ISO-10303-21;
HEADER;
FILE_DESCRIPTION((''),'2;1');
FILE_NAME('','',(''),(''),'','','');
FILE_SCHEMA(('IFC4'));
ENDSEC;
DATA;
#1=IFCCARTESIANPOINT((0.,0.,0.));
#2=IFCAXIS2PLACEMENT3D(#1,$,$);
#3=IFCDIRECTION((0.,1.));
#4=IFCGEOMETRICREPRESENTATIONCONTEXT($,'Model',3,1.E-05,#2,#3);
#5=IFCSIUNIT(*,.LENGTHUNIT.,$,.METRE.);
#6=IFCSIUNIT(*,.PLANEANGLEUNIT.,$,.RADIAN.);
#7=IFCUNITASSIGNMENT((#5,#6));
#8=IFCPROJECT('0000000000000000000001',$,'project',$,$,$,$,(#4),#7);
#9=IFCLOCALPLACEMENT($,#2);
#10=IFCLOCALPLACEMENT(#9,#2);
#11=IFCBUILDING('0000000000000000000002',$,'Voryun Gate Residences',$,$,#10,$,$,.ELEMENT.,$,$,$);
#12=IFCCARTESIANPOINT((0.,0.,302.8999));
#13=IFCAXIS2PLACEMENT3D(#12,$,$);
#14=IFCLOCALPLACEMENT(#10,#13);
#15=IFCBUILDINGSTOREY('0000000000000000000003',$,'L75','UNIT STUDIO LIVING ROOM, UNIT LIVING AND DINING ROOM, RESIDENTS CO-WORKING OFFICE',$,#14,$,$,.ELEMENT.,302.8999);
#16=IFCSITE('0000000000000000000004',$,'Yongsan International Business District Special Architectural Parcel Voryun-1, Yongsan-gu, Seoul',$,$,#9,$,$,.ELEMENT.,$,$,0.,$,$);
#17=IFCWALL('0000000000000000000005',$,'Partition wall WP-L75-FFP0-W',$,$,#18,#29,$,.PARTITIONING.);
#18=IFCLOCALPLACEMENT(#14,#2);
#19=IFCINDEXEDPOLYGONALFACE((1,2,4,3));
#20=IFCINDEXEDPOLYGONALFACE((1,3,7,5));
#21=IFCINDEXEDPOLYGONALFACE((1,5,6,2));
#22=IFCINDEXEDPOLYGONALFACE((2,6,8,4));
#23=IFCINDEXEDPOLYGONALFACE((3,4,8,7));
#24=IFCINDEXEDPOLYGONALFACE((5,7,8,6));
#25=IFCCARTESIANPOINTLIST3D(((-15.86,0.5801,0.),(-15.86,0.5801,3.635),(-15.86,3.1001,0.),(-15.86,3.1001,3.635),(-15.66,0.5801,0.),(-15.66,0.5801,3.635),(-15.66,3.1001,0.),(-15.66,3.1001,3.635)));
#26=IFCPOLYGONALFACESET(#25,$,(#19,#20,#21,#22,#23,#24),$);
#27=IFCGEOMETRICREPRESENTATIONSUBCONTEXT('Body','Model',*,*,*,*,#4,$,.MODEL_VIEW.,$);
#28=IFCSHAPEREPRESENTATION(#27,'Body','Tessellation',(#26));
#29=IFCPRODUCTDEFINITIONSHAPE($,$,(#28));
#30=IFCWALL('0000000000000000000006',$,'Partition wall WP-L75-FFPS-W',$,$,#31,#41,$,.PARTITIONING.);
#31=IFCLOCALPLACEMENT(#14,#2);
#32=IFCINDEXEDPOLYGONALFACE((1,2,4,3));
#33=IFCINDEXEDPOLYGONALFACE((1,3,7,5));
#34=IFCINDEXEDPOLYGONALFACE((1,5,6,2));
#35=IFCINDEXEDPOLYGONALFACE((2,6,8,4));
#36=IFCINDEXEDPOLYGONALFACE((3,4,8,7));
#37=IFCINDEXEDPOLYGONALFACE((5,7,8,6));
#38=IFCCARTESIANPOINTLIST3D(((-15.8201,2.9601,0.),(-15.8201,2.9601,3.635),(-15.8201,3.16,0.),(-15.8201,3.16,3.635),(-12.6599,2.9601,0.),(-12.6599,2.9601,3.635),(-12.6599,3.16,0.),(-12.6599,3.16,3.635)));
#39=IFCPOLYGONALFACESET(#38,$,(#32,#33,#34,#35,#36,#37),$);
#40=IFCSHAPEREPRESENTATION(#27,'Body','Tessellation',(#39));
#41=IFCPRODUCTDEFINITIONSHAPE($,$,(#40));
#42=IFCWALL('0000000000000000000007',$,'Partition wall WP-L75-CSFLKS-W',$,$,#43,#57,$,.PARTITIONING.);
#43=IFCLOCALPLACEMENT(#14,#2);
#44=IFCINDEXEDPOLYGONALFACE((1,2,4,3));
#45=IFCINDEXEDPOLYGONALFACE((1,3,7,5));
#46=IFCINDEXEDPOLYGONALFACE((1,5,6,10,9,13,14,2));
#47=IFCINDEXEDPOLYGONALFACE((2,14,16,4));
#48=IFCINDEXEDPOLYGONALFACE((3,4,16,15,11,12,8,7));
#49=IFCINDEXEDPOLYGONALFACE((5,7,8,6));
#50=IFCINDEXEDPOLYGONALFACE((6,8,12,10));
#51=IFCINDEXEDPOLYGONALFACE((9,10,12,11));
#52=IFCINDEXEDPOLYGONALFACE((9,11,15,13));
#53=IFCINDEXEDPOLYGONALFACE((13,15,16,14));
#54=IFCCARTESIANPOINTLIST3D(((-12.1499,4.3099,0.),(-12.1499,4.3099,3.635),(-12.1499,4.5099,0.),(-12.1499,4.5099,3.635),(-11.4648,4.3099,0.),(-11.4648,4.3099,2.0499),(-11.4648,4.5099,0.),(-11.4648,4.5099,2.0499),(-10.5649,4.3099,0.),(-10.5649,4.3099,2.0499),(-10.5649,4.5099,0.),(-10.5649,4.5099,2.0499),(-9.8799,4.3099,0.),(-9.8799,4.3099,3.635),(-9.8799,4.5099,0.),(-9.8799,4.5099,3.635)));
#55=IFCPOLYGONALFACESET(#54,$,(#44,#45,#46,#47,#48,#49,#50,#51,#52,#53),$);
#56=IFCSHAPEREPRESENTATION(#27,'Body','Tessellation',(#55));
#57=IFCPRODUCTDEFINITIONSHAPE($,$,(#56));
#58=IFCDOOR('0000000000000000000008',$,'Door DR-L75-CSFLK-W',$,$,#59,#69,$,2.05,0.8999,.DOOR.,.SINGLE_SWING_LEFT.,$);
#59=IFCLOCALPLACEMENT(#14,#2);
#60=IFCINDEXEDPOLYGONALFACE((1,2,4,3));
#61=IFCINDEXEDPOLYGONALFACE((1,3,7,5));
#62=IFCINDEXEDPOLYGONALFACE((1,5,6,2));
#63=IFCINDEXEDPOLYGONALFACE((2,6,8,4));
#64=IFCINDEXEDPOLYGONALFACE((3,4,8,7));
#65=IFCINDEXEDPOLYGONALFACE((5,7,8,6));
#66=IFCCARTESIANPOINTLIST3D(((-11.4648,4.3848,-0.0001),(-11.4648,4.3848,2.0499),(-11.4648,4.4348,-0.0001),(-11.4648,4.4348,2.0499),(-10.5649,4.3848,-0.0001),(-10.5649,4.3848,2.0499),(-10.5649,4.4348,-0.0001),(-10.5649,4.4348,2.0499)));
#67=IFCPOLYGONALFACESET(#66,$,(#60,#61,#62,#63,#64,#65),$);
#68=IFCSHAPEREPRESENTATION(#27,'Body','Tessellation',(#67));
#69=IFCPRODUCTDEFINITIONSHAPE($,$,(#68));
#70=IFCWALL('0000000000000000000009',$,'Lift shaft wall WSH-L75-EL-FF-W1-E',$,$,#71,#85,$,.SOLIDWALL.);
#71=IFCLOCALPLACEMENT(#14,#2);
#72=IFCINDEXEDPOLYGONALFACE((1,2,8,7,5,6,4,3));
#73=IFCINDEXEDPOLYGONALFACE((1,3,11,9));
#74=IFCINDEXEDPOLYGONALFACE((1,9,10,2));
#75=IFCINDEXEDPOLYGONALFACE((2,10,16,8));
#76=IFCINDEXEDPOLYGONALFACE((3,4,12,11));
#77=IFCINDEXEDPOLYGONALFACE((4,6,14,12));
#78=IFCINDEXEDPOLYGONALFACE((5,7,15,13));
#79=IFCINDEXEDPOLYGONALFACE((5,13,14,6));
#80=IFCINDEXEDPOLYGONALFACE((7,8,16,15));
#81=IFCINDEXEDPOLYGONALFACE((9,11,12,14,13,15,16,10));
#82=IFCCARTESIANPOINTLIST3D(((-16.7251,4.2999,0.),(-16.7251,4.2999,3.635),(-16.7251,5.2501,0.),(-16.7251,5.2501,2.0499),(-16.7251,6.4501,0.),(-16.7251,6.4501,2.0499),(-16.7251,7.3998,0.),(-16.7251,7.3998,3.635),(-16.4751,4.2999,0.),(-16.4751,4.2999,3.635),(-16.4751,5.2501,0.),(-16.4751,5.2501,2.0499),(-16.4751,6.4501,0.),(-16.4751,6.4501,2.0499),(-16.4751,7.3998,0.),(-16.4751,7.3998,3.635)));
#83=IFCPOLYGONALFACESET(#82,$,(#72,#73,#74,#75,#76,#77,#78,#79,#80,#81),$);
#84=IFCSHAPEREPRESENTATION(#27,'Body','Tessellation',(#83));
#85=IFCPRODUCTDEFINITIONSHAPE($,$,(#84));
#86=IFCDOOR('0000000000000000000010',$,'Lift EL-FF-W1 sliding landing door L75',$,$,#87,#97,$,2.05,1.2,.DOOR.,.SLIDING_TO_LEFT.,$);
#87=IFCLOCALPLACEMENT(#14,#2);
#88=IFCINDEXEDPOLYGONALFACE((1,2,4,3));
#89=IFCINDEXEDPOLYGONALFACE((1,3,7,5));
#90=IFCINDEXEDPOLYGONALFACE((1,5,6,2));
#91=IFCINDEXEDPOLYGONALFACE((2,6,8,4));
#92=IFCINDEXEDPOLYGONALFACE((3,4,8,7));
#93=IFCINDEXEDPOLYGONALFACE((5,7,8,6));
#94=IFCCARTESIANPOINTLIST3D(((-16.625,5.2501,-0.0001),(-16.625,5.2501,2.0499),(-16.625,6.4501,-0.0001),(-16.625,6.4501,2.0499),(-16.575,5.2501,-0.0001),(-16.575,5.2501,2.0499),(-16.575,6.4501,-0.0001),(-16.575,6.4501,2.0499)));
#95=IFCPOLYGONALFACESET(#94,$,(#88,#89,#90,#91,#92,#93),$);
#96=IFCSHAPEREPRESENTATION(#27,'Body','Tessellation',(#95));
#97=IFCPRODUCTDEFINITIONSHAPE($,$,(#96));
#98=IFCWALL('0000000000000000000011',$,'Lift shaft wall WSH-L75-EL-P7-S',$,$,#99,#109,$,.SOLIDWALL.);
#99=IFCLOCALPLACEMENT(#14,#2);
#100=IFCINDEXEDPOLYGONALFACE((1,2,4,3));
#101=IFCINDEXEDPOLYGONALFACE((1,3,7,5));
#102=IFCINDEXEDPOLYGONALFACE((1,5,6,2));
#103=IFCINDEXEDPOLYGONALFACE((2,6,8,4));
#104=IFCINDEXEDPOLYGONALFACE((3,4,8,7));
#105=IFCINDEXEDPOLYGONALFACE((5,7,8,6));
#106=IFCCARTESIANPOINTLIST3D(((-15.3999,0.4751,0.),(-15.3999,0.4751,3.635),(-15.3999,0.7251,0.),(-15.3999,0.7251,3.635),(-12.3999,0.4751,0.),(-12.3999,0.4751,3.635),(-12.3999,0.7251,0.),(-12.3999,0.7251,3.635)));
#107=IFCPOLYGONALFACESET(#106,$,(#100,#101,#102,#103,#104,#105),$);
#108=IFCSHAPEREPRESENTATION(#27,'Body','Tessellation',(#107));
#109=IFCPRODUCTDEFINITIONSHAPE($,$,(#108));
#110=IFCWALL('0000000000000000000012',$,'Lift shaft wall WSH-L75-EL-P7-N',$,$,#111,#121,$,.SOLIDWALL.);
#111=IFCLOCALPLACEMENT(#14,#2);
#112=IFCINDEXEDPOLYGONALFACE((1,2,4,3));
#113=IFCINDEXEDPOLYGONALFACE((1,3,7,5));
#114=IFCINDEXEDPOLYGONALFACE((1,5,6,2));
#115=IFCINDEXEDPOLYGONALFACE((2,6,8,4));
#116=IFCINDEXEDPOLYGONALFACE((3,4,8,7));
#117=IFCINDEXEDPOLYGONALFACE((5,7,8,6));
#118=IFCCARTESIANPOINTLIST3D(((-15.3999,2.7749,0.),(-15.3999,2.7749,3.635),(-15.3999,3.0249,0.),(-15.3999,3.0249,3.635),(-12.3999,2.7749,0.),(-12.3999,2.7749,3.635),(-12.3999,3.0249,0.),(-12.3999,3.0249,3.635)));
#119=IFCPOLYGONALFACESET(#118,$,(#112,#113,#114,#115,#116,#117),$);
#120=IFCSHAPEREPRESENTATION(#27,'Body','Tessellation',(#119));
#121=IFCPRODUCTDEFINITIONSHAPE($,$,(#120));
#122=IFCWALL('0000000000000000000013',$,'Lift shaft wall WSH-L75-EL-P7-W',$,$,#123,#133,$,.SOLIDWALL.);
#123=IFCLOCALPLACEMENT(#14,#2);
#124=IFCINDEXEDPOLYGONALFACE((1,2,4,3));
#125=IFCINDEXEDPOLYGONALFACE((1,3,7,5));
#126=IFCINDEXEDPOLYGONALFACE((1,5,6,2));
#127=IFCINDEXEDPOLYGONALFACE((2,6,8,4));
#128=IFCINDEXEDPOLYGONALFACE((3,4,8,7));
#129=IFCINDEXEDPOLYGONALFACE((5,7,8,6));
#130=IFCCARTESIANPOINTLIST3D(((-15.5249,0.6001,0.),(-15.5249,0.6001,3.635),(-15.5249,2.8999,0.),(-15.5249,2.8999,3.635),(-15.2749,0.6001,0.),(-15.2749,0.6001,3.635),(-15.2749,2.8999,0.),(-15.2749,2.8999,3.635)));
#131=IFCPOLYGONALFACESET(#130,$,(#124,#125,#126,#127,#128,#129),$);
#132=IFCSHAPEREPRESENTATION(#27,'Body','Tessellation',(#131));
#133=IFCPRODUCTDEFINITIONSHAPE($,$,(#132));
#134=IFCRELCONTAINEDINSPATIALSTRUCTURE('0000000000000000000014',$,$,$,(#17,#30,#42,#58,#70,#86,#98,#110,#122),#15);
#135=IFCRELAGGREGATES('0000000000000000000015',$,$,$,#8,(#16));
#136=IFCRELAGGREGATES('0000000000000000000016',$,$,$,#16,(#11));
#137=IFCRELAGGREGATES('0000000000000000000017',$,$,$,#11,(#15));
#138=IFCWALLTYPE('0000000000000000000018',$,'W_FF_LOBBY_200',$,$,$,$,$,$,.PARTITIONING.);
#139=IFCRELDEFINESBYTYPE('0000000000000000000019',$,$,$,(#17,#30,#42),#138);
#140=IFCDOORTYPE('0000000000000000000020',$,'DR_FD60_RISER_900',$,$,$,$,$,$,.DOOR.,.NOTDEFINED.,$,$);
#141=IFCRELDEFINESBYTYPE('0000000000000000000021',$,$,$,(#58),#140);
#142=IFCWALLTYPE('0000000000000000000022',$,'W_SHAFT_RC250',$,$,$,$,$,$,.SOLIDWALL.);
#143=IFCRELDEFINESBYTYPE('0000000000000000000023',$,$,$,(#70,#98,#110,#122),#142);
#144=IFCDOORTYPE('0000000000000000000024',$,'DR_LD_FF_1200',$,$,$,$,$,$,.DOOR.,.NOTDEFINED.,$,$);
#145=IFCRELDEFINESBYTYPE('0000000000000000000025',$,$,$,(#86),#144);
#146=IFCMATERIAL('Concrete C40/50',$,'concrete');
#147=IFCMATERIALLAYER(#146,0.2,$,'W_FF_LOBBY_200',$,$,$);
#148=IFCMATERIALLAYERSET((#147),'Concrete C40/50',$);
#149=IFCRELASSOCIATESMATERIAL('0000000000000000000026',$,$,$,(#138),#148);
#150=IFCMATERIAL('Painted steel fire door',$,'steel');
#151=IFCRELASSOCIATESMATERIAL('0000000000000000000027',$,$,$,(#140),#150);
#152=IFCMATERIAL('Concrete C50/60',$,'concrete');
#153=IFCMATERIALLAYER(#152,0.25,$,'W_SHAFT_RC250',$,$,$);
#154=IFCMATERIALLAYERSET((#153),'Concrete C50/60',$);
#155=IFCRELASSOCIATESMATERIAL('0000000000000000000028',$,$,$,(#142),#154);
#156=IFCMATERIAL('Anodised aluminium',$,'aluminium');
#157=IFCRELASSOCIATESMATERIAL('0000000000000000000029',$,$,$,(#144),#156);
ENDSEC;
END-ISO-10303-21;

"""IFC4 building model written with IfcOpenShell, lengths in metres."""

from ifc_helpers import new_model, si_unit, direction, frame, frame_2d, origin, place, context, subcontext, project, spatial, rectangle, extrude, material, layer, layer_set, type_object, element, fill, save


model = new_model("IFC4")

# Units and contexts
model_context = context("Model", 3, precision=1e-05, world=origin(), true_north=direction((0.0, 1.0)))
body_context = subcontext(model_context, "Body", "Model", "MODEL_VIEW")
ifc_project = project(units=[si_unit("LENGTHUNIT", "METRE"), si_unit("PLANEANGLEUNIT", "RADIAN")], contexts=[model_context])

# Site, building, storey
site_placement = place(None, origin())
site = spatial("IfcSite", under=ifc_project, at=site_placement, Name="Yongsan International Business District Special Architectural Parcel Voryun-1, Yongsan-gu, Seoul", CompositionType="ELEMENT", RefElevation=0.0)
building_placement = place(site_placement, origin())
building = spatial("IfcBuilding", under=site, at=building_placement, Name="Voryun Gate Residences", CompositionType="ELEMENT")
storey_placement = place(building_placement, frame((0.0, 0.0, 302.8999)))
storey = spatial("IfcBuildingStorey", under=building, at=storey_placement, Name="L75", Description="UNIT STUDIO LIVING ROOM, UNIT LIVING AND DINING ROOM, RESIDENTS CO-WORKING OFFICE", CompositionType="ELEMENT", Elevation=302.8999)

# Walls
ifc_material_1 = material(Name="Concrete C40/50", Category="concrete")
ifc_layer_1 = layer(ifc_material_1, 0.2, Name="W_FF_LOBBY_200")
ifc_layer_set_1 = layer_set([ifc_layer_1], Name="Concrete C40/50")
wall_type_1 = type_object("IfcWallType", Name="W_FF_LOBBY_200", PredefinedType="PARTITIONING", material=ifc_layer_set_1)
wall_1_placement = place(storey_placement, frame((-15.76, 0.5801, 0.0), z_axis=(0.0, 0.0, 1.0), x_axis=(0.0, 1.0, 0.0)))
element("IfcWall", 1, at=wall_1_placement, inside=storey, type_object=wall_type_1, Name="Partition wall WP-L75-FFP0-W", PredefinedType="PARTITIONING", context=body_context, shape_type="SweptSolid", body=[
    extrude(rectangle(XDim=2.52, YDim=0.2, at=frame_2d((1.26, 0.0))), origin(), (0.0, 0.0, 1.0), 3.635),
])
wall_2_placement = place(storey_placement, frame((-15.8201, 3.0601, 0.0), z_axis=(0.0, 0.0, 1.0), x_axis=(1.0, 0.0, 0.0)))
element("IfcWall", 2, at=wall_2_placement, inside=storey, type_object=wall_type_1, Name="Partition wall WP-L75-FFPS-W", PredefinedType="PARTITIONING", context=body_context, shape_type="SweptSolid", body=[
    extrude(rectangle(XDim=3.1602, YDim=0.2, at=frame_2d((1.5801, 0.0))), origin(), (0.0, 0.0, 1.0), 3.635),
])

# Walls, openings, doors
wall_3_placement = place(storey_placement, frame((-12.1499, 4.4099, 0.0), z_axis=(0.0, 0.0, 1.0), x_axis=(1.0, 0.0, 0.0)))
wall_3 = element("IfcWall", 3, at=wall_3_placement, inside=storey, type_object=wall_type_1, Name="Partition wall WP-L75-CSFLKS-W", PredefinedType="PARTITIONING", context=body_context, shape_type="SweptSolid", body=[
    extrude(rectangle(XDim=2.27, YDim=0.2, at=frame_2d((1.135, 0.0))), origin(), (0.0, 0.0, 1.0), 3.635),
])
opening_1_placement = place(wall_3_placement, frame((0.6851, 0.0, 0.0)))
opening_1 = element("IfcOpeningElement", 4, at=opening_1_placement, cuts=wall_3, PredefinedType="OPENING", context=body_context, shape_type="SweptSolid", body=[
    extrude(rectangle(XDim=0.8999, YDim=2.05, at=frame_2d((0.45, 1.0249))), frame((0.0, 0.1101, 0.0), z_axis=(0.0, -1.0, 0.0), x_axis=(1.0, 0.0, 0.0)), (0.0, 0.0, 1.0), 0.22),
])
ifc_material_2 = material(Name="Painted steel fire door", Category="steel")
door_type_1 = type_object("IfcDoorType", Name="DR_FD60_RISER_900", OperationType="NOTDEFINED", PredefinedType="DOOR", material=ifc_material_2)
door_1_placement = place(opening_1_placement, origin())
door_1 = element("IfcDoor", 5, at=door_1_placement, inside=storey, type_object=door_type_1, Name="Door DR-L75-CSFLK-W", OperationType="SINGLE_SWING_LEFT", OverallHeight=2.05, OverallWidth=0.8999, PredefinedType="DOOR", context=body_context, shape_type="SweptSolid", body=[
    extrude(rectangle(XDim=0.8999, YDim=2.05, at=frame_2d((0.45, 1.0249))), frame((0.0, 0.0249, 0.0), z_axis=(0.0, -1.0, 0.0), x_axis=(1.0, 0.0, 0.0)), (0.0, 0.0, 1.0), 0.05),
])
fill(opening_1, door_1)
ifc_material_3 = material(Name="Concrete C50/60", Category="concrete")
ifc_layer_2 = layer(ifc_material_3, 0.25, Name="W_SHAFT_RC250")
ifc_layer_set_2 = layer_set([ifc_layer_2], Name="Concrete C50/60")
wall_type_2 = type_object("IfcWallType", Name="W_SHAFT_RC250", PredefinedType="SOLIDWALL", material=ifc_layer_set_2)
wall_4_placement = place(storey_placement, frame((-16.6001, 4.3, 0.0), z_axis=(0.0, 0.0, 1.0), x_axis=(0.0, 1.0, 0.0)))
wall_4 = element("IfcWall", 6, at=wall_4_placement, inside=storey, type_object=wall_type_2, Name="Lift shaft wall WSH-L75-EL-FF-W1-E", PredefinedType="SOLIDWALL", context=body_context, shape_type="SweptSolid", body=[
    extrude(rectangle(XDim=3.0999, YDim=0.25, at=frame_2d((1.5498, 0.0))), origin(), (0.0, 0.0, 1.0), 3.635),
])
opening_2_placement = place(wall_4_placement, frame((0.95, 0.0, 0.0)))
opening_2 = element("IfcOpeningElement", 7, at=opening_2_placement, cuts=wall_4, PredefinedType="OPENING", context=body_context, shape_type="SweptSolid", body=[
    extrude(rectangle(XDim=1.2, YDim=2.05, at=frame_2d((0.6001, 1.0249))), frame((0.0, 0.135, 0.0), z_axis=(0.0, -1.0, 0.0), x_axis=(1.0, 0.0, 0.0)), (0.0, 0.0, 1.0), 0.27),
])
ifc_material_4 = material(Name="Anodised aluminium", Category="aluminium")
door_type_2 = type_object("IfcDoorType", Name="DR_LD_FF_1200", OperationType="NOTDEFINED", PredefinedType="DOOR", material=ifc_material_4)
door_2_placement = place(opening_2_placement, origin())
door_2 = element("IfcDoor", 8, at=door_2_placement, inside=storey, type_object=door_type_2, Name="Lift EL-FF-W1 sliding landing door L75", OperationType="SLIDING_TO_LEFT", OverallHeight=2.05, OverallWidth=1.2, PredefinedType="DOOR", context=body_context, shape_type="SweptSolid", body=[
    extrude(rectangle(XDim=1.2, YDim=2.05, at=frame_2d((0.6001, 1.0249))), frame((0.0, 0.0249, 0.0), z_axis=(0.0, -1.0, 0.0), x_axis=(1.0, 0.0, 0.0)), (0.0, 0.0, 1.0), 0.05),
])
fill(opening_2, door_2)

# Walls
for number, where, z_axis, x_axis, name in (
    (9, (-15.3999, 0.6001, 0.0), (0.0, 0.0, 1.0), (1.0, 0.0, 0.0), "Lift shaft wall WSH-L75-EL-P7-S"),
    (10, (-12.3999, 2.8999, 0.0), (0.0, 0.0, 1.0), (-1.0, 0.0, 0.0), "Lift shaft wall WSH-L75-EL-P7-N"),
):
    element("IfcWall", number, at=place(storey_placement, frame(where, z_axis=z_axis, x_axis=x_axis)), inside=storey, type_object=wall_type_2, Name=name, PredefinedType="SOLIDWALL", context=body_context, shape_type="SweptSolid", body=[
        extrude(rectangle(XDim=3.0, YDim=0.25, at=frame_2d((1.5, 0.0))), origin(), (0.0, 0.0, 1.0), 3.635),
    ])
wall_5_placement = place(storey_placement, frame((-15.3999, 2.8999, 0.0), z_axis=(0.0, 0.0, 1.0), x_axis=(0.0, -1.0, 0.0)))
element("IfcWall", 11, at=wall_5_placement, inside=storey, type_object=wall_type_2, Name="Lift shaft wall WSH-L75-EL-P7-W", PredefinedType="SOLIDWALL", context=body_context, shape_type="SweptSolid", body=[
    extrude(rectangle(XDim=2.2998, YDim=0.25, at=frame_2d((1.1499, 0.0))), origin(), (0.0, 0.0, 1.0), 3.635),
])

save(model, "model.ifc")
